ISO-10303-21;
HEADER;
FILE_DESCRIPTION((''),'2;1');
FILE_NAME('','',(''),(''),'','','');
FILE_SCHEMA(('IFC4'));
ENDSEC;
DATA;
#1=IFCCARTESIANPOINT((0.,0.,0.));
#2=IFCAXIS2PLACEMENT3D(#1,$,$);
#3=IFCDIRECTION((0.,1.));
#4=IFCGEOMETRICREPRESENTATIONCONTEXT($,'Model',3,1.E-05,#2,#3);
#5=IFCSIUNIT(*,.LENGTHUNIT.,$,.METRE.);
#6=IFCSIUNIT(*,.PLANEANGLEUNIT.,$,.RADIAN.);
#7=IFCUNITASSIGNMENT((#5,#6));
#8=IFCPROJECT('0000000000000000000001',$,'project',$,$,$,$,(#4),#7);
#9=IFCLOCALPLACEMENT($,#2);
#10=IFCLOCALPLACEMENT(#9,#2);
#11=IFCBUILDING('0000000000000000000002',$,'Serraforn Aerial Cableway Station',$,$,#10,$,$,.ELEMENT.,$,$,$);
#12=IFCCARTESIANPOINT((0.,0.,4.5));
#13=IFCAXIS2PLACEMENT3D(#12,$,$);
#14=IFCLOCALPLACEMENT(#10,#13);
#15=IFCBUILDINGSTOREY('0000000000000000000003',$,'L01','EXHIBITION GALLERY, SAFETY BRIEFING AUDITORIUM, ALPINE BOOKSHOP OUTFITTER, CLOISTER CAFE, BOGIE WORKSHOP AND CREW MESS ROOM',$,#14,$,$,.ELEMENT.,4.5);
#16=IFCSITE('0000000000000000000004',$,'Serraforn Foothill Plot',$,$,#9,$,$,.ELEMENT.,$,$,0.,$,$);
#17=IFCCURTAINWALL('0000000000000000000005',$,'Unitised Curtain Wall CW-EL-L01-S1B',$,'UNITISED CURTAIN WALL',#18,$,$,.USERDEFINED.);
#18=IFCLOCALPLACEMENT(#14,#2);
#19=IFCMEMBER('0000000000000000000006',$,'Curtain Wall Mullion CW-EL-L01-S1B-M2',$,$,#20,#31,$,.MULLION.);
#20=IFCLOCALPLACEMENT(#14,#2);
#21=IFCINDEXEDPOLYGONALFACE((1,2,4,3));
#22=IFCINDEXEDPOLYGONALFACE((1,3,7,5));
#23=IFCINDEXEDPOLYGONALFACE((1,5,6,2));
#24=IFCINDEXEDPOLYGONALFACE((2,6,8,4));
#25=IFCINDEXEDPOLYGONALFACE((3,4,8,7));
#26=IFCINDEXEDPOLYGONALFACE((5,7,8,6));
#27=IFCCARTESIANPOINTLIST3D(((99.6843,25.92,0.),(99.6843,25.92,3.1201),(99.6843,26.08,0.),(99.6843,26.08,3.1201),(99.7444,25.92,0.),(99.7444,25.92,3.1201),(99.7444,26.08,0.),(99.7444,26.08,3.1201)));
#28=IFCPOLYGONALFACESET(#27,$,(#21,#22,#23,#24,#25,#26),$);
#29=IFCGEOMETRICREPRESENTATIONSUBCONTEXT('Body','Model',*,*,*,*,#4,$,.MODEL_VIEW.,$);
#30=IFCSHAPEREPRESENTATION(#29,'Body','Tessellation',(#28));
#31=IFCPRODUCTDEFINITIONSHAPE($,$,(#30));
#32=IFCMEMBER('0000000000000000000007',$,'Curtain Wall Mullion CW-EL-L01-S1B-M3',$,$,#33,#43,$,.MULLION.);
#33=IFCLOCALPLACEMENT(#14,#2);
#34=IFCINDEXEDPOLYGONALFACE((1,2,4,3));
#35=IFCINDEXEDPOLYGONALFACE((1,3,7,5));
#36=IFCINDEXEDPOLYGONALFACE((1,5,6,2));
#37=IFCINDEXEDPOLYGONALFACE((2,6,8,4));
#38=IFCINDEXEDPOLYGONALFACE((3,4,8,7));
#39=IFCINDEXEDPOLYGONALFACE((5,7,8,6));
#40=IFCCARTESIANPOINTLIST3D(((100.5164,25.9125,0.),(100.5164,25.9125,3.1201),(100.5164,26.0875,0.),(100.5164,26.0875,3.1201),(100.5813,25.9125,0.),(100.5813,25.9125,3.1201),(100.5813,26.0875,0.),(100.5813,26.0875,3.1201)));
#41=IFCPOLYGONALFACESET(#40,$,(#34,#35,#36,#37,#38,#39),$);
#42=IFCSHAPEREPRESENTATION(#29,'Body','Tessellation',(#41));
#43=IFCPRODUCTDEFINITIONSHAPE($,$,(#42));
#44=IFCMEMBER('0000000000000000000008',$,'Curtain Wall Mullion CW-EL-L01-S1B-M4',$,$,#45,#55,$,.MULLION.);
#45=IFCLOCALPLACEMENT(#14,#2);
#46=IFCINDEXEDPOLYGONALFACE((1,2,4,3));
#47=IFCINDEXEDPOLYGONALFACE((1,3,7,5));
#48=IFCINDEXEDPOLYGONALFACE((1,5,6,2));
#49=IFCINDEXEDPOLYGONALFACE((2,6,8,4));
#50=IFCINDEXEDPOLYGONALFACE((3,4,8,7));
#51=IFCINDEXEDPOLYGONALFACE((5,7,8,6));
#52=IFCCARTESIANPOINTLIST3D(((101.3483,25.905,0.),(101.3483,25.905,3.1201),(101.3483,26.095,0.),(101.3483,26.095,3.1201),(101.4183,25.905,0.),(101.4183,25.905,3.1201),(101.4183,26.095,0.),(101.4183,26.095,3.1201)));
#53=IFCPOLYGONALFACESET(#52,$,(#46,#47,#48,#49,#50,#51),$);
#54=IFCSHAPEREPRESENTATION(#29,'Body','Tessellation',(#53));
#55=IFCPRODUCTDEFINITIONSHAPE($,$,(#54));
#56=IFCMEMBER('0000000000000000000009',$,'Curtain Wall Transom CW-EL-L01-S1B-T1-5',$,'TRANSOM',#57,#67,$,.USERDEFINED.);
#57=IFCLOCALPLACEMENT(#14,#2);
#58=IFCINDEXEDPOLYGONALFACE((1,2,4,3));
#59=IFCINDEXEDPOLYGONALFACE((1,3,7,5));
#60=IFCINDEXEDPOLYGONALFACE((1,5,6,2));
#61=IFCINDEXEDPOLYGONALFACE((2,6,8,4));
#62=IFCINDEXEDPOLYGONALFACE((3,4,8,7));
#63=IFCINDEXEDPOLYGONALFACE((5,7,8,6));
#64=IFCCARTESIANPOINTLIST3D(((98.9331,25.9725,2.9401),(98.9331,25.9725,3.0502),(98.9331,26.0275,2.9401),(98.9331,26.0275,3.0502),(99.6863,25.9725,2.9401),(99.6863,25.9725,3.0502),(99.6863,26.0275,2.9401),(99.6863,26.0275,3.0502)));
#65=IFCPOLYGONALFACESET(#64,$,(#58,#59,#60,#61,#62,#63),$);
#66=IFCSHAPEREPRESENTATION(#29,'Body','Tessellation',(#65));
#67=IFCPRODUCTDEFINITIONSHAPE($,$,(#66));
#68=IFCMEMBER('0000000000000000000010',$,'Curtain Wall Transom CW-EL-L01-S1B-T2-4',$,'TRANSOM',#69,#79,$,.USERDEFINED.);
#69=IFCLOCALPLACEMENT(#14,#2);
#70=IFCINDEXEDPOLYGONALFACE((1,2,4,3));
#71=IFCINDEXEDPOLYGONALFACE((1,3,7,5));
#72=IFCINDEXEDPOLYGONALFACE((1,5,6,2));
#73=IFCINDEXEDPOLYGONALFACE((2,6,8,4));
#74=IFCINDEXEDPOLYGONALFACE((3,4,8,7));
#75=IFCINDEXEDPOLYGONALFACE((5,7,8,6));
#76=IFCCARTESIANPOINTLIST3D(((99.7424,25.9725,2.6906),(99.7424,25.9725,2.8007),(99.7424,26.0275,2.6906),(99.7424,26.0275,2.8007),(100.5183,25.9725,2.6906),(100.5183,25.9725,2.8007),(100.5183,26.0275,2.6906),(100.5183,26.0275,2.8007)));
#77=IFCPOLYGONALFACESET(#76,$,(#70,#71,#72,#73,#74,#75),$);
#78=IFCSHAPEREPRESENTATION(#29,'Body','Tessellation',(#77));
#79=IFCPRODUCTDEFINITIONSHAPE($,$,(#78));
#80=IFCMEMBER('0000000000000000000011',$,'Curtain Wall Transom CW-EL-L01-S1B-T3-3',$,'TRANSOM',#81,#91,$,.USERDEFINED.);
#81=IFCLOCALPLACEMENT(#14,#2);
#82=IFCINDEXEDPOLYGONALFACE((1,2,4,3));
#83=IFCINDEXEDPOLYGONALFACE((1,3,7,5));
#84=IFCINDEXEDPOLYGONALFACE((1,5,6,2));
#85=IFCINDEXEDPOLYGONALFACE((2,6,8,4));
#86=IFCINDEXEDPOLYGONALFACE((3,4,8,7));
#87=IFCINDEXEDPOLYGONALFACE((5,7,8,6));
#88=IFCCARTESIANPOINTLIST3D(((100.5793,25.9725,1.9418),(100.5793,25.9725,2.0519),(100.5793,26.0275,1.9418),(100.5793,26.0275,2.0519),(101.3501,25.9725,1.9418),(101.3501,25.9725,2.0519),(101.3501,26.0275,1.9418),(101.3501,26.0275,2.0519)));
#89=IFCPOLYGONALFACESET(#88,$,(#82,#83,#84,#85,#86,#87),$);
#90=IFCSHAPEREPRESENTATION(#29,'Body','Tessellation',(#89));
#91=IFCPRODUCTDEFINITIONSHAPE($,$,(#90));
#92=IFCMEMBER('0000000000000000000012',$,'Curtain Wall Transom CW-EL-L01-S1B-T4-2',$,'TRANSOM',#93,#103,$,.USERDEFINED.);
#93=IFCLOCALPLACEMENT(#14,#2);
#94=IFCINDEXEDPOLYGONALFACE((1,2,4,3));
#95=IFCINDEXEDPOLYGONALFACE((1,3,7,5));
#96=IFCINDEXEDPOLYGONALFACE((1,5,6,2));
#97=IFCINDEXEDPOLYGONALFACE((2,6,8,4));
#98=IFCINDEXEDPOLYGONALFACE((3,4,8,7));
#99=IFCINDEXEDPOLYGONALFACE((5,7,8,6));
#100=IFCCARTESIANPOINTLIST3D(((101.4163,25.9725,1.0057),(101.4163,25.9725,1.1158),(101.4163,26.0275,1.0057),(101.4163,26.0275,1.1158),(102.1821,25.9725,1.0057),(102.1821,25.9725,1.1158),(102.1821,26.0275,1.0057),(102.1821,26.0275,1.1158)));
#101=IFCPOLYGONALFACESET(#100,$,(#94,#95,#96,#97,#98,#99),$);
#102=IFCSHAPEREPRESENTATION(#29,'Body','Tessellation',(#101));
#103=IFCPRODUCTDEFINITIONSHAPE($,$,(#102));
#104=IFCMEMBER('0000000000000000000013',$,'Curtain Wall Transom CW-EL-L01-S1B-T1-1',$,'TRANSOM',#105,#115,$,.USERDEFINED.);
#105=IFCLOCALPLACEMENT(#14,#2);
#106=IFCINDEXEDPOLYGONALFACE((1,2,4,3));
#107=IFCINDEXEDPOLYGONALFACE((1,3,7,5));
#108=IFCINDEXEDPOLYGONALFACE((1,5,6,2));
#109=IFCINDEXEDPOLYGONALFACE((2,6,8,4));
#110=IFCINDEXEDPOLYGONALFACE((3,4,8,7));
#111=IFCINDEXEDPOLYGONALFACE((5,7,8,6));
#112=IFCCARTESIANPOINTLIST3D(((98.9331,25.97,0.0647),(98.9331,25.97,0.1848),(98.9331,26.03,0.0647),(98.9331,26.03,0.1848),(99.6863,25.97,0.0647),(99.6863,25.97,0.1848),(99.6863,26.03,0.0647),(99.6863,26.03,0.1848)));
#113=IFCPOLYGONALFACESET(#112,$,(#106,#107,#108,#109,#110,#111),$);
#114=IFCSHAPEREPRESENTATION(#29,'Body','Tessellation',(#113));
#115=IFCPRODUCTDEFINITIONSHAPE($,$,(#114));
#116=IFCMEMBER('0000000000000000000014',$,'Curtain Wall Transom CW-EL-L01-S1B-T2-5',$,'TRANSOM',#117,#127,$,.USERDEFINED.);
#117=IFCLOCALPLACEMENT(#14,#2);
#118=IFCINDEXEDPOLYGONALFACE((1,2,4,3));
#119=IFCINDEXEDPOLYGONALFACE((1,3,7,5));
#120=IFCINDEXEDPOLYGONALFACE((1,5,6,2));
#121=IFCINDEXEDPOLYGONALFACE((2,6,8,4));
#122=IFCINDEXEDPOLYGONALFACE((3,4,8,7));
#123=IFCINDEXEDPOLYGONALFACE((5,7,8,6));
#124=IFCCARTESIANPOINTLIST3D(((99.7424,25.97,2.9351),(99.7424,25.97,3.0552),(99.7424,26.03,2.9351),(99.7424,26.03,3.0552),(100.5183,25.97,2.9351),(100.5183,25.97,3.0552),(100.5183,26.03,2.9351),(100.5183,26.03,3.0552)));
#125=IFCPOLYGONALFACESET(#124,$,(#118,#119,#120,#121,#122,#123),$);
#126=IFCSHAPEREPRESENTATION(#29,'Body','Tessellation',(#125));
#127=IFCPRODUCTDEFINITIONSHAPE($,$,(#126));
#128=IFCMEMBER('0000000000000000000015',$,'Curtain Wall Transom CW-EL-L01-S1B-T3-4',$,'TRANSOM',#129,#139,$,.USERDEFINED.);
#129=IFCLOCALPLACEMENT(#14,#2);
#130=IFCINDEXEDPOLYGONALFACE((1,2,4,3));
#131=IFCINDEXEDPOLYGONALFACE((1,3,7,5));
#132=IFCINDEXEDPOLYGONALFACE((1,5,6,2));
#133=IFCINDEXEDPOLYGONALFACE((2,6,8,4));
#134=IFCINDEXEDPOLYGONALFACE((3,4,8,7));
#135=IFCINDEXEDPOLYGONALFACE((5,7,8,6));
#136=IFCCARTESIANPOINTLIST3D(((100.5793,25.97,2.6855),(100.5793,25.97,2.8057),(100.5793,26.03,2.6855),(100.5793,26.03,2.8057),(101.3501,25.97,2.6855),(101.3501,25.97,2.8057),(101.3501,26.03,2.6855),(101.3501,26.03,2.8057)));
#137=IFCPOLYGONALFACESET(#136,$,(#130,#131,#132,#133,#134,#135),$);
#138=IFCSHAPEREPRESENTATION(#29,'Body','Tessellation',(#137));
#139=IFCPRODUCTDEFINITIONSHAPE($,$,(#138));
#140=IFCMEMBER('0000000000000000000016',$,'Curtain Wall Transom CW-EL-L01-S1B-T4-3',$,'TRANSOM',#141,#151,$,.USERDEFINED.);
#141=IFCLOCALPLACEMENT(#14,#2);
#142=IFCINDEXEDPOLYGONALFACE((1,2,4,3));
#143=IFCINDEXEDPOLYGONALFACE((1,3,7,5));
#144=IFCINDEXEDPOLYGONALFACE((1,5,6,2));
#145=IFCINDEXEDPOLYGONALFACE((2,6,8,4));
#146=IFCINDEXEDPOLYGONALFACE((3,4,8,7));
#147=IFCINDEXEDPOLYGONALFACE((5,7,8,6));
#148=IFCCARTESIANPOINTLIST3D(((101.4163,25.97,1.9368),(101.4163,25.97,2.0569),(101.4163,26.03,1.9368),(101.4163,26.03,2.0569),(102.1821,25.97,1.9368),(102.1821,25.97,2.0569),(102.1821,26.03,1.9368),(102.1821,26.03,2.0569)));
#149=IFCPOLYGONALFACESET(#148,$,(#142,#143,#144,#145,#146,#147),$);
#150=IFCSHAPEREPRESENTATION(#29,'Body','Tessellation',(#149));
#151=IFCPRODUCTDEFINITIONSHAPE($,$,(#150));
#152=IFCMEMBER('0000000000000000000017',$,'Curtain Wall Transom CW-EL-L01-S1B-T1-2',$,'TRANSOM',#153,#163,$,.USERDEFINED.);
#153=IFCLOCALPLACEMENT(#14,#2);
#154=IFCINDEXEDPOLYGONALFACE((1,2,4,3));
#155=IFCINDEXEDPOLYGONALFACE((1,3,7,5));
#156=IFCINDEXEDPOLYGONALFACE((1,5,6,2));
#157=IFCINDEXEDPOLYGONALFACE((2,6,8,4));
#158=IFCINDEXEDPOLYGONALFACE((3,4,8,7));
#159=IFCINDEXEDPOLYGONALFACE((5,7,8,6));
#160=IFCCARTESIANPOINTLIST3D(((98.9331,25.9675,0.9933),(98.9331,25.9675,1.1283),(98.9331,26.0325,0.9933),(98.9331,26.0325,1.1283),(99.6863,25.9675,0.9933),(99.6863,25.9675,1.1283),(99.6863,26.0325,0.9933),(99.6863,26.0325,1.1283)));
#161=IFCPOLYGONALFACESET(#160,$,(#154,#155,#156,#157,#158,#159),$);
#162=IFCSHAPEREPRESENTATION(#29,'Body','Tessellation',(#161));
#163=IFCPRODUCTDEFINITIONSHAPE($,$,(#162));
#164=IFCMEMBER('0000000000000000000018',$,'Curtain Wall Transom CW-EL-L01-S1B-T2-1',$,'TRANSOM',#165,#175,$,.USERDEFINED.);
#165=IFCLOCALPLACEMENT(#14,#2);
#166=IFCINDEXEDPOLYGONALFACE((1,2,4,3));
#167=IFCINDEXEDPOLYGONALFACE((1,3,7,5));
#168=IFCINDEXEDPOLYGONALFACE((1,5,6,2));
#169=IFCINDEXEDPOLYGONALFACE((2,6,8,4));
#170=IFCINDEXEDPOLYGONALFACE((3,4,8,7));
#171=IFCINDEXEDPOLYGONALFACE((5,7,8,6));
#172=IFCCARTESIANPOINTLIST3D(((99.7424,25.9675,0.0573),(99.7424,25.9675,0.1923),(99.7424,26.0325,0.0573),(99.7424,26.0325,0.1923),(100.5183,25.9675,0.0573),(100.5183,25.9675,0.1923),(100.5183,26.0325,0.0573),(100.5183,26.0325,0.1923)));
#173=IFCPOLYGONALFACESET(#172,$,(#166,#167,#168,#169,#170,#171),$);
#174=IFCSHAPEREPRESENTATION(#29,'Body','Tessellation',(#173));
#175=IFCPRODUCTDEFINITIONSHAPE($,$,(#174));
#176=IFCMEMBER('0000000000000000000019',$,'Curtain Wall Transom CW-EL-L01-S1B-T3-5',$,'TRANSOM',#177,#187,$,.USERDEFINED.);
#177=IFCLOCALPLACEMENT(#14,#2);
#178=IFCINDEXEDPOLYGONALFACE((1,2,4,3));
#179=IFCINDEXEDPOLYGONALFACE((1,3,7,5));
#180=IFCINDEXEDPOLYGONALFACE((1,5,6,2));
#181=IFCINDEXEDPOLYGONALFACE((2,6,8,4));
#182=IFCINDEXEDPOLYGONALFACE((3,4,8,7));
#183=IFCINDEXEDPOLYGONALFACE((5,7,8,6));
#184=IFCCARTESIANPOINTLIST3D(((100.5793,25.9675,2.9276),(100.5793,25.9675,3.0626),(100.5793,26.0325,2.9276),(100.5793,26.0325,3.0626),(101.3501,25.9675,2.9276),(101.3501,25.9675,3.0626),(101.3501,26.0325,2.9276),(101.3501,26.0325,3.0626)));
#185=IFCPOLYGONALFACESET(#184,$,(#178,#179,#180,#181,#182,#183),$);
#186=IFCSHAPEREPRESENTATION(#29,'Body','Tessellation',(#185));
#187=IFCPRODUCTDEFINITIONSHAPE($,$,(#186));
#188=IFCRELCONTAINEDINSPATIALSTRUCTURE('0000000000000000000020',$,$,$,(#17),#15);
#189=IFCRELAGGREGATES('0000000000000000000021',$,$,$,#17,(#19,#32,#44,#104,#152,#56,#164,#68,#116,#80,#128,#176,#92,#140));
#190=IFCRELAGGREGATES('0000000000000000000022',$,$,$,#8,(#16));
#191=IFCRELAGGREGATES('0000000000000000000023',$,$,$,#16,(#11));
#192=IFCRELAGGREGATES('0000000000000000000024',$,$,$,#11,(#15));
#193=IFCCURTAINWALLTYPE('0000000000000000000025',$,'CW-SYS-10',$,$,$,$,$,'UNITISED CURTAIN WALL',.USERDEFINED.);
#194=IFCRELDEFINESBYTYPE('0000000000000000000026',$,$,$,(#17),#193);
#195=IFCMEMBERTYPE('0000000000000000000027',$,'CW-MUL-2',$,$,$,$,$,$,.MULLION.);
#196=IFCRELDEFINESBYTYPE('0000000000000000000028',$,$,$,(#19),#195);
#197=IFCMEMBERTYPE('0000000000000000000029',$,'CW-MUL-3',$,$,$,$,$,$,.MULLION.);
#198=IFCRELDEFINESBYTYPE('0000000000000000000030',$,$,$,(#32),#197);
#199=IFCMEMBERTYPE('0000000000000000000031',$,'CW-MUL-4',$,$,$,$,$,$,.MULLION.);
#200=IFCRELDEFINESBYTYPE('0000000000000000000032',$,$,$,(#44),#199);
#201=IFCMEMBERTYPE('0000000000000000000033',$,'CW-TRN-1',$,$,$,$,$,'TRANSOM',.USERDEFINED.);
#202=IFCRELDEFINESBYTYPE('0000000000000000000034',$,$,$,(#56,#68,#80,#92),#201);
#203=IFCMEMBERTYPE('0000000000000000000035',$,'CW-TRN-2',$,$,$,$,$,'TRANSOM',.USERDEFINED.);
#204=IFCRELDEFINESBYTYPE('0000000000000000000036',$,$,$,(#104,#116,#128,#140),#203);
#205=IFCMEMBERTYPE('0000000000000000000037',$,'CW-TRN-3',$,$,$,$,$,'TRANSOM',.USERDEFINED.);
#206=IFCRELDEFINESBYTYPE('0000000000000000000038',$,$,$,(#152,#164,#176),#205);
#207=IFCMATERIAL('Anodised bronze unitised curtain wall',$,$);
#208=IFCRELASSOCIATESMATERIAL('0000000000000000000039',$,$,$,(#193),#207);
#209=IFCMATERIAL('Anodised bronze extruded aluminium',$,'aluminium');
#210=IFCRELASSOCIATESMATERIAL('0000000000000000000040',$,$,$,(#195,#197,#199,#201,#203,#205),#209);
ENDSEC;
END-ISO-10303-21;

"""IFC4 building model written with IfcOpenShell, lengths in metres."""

from ifc_helpers import new_model, si_unit, direction, frame, origin, origin_2d, place, context, subcontext, project, spatial, rectangle, extrude, material, material_profile, profile_set, type_object, element, aggregate, save


model = new_model("IFC4")

# Units and contexts
model_context = context("Model", 3, precision=1e-05, world=origin(), true_north=direction((0.0, 1.0)))
body_context = subcontext(model_context, "Body", "Model", "MODEL_VIEW")
ifc_project = project(units=[si_unit("LENGTHUNIT", "METRE"), si_unit("PLANEANGLEUNIT", "RADIAN")], contexts=[model_context])

# Site, building, storey
site_placement = place(None, origin())
site = spatial("IfcSite", under=ifc_project, at=site_placement, Name="Serraforn Foothill Plot", CompositionType="ELEMENT", RefElevation=0.0)
building_placement = place(site_placement, origin())
building = spatial("IfcBuilding", under=site, at=building_placement, Name="Serraforn Aerial Cableway Station", CompositionType="ELEMENT")
storey_placement = place(building_placement, frame((0.0, 0.0, 4.5)))
storey = spatial("IfcBuildingStorey", under=building, at=storey_placement, Name="L01", Description="EXHIBITION GALLERY, SAFETY BRIEFING AUDITORIUM, ALPINE BOOKSHOP OUTFITTER, CLOISTER CAFE, BOGIE WORKSHOP AND CREW MESS ROOM", CompositionType="ELEMENT", Elevation=4.5)

# Curtain wall, members
ifc_material_1 = material(Name="Anodised bronze unitised curtain wall")
curtain_wall_type = type_object("IfcCurtainWallType", Name="CW-SYS-10", ElementType="UNITISED CURTAIN WALL", PredefinedType="USERDEFINED", material=ifc_material_1)
curtain_wall_placement = place(storey_placement, origin())
curtain_wall = element("IfcCurtainWall", 1, at=curtain_wall_placement, inside=storey, type_object=curtain_wall_type, Name="Unitised Curtain Wall CW-EL-L01-S1B", ObjectType="UNITISED CURTAIN WALL", PredefinedType="USERDEFINED")
ifc_material_2 = material(Name="Anodised bronze extruded aluminium", Category="aluminium")
ifc_material_profile_1 = material_profile(ifc_material_2, rectangle(XDim=0.0601, YDim=0.1599, at=origin_2d()), Name="CW MULLION 60x160")
ifc_profile_set_1 = profile_set([ifc_material_profile_1], Name="Anodised bronze extruded aluminium")
member_type_1 = type_object("IfcMemberType", Name="CW-MUL-2", PredefinedType="MULLION", material=ifc_profile_set_1)
member_1_placement = place(storey_placement, frame((99.7144, 26.0, 0.0), z_axis=(0.0, 0.0, 1.0), x_axis=(1.0, 0.0, 0.0)))
member_1 = element("IfcMember", 2, at=member_1_placement, type_object=member_type_1, Name="Curtain Wall Mullion CW-EL-L01-S1B-M2", PredefinedType="MULLION", context=body_context, shape_type="SweptSolid", body=[
    extrude(rectangle(XDim=0.0601, YDim=0.1599, at=origin_2d()), origin(), (0.0, 0.0, 1.0), 3.1201),
])
ifc_material_profile_2 = material_profile(ifc_material_2, rectangle(XDim=0.0649, YDim=0.175, at=origin_2d()), Name="CW MULLION 65x175")
ifc_profile_set_2 = profile_set([ifc_material_profile_2], Name="Anodised bronze extruded aluminium")
member_type_2 = type_object("IfcMemberType", Name="CW-MUL-3", PredefinedType="MULLION", material=ifc_profile_set_2)
member_2_placement = place(storey_placement, frame((100.5488, 26.0, 0.0), z_axis=(0.0, 0.0, 1.0), x_axis=(1.0, 0.0, 0.0)))
member_2 = element("IfcMember", 3, at=member_2_placement, type_object=member_type_2, Name="Curtain Wall Mullion CW-EL-L01-S1B-M3", PredefinedType="MULLION", context=body_context, shape_type="SweptSolid", body=[
    extrude(rectangle(XDim=0.0649, YDim=0.175, at=origin_2d()), origin(), (0.0, 0.0, 1.0), 3.1201),
])
ifc_material_profile_3 = material_profile(ifc_material_2, rectangle(XDim=0.0701, YDim=0.1899, at=origin_2d()), Name="CW MULLION 70x190")
ifc_profile_set_3 = profile_set([ifc_material_profile_3], Name="Anodised bronze extruded aluminium")
member_type_3 = type_object("IfcMemberType", Name="CW-MUL-4", PredefinedType="MULLION", material=ifc_profile_set_3)
member_3_placement = place(storey_placement, frame((101.3833, 26.0, 0.0), z_axis=(0.0, 0.0, 1.0), x_axis=(1.0, 0.0, 0.0)))
member_3 = element("IfcMember", 4, at=member_3_placement, type_object=member_type_3, Name="Curtain Wall Mullion CW-EL-L01-S1B-M4", PredefinedType="MULLION", context=body_context, shape_type="SweptSolid", body=[
    extrude(rectangle(XDim=0.0701, YDim=0.1899, at=origin_2d()), origin(), (0.0, 0.0, 1.0), 3.1201),
])
ifc_material_profile_4 = material_profile(ifc_material_2, rectangle(XDim=0.0549, YDim=0.1101, at=origin_2d()), Name="CW TRANSOM 55x110")
ifc_profile_set_4 = profile_set([ifc_material_profile_4], Name="Anodised bronze extruded aluminium")
member_type_4 = type_object("IfcMemberType", Name="CW-TRN-1", ElementType="TRANSOM", PredefinedType="USERDEFINED", material=ifc_profile_set_4)
member_4_placement = place(storey_placement, frame((98.9331, 26.0, 2.9951), z_axis=(1.0, 0.0, 0.0), x_axis=(0.0, 1.0, 0.0)))
member_4 = element("IfcMember", 5, at=member_4_placement, type_object=member_type_4, Name="Curtain Wall Transom CW-EL-L01-S1B-T1-5", ObjectType="TRANSOM", PredefinedType="USERDEFINED", context=body_context, shape_type="SweptSolid", body=[
    extrude(rectangle(XDim=0.0549, YDim=0.1101, at=origin_2d()), origin(), (0.0, 0.0, 1.0), 0.7532),
])
member_5_placement = place(storey_placement, frame((99.7424, 26.0, 2.7456), z_axis=(1.0, 0.0, 0.0), x_axis=(0.0, 1.0, 0.0)))
member_5 = element("IfcMember", 6, at=member_5_placement, type_object=member_type_4, Name="Curtain Wall Transom CW-EL-L01-S1B-T2-4", ObjectType="TRANSOM", PredefinedType="USERDEFINED", context=body_context, shape_type="SweptSolid", body=[
    extrude(rectangle(XDim=0.0549, YDim=0.1101, at=origin_2d()), origin(), (0.0, 0.0, 1.0), 0.7759),
])
member_6_placement = place(storey_placement, frame((100.5793, 26.0, 1.9968), z_axis=(1.0, 0.0, 0.0), x_axis=(0.0, 1.0, 0.0)))
member_6 = element("IfcMember", 7, at=member_6_placement, type_object=member_type_4, Name="Curtain Wall Transom CW-EL-L01-S1B-T3-3", ObjectType="TRANSOM", PredefinedType="USERDEFINED", context=body_context, shape_type="SweptSolid", body=[
    extrude(rectangle(XDim=0.0549, YDim=0.1101, at=origin_2d()), origin(), (0.0, 0.0, 1.0), 0.7708),
])
member_7_placement = place(storey_placement, frame((101.4163, 26.0, 1.0608), z_axis=(1.0, 0.0, 0.0), x_axis=(0.0, 1.0, 0.0)))
member_7 = element("IfcMember", 8, at=member_7_placement, type_object=member_type_4, Name="Curtain Wall Transom CW-EL-L01-S1B-T4-2", ObjectType="TRANSOM", PredefinedType="USERDEFINED", context=body_context, shape_type="SweptSolid", body=[
    extrude(rectangle(XDim=0.0549, YDim=0.1101, at=origin_2d()), origin(), (0.0, 0.0, 1.0), 0.7659),
])
ifc_material_profile_5 = material_profile(ifc_material_2, rectangle(XDim=0.0601, YDim=0.1201, at=origin_2d()), Name="CW TRANSOM 60x120")
ifc_profile_set_5 = profile_set([ifc_material_profile_5], Name="Anodised bronze extruded aluminium")
member_type_5 = type_object("IfcMemberType", Name="CW-TRN-2", ElementType="TRANSOM", PredefinedType="USERDEFINED", material=ifc_profile_set_5)
member_8_placement = place(storey_placement, frame((98.9331, 26.0, 0.1248), z_axis=(1.0, 0.0, 0.0), x_axis=(0.0, 1.0, 0.0)))
member_8 = element("IfcMember", 9, at=member_8_placement, type_object=member_type_5, Name="Curtain Wall Transom CW-EL-L01-S1B-T1-1", ObjectType="TRANSOM", PredefinedType="USERDEFINED", context=body_context, shape_type="SweptSolid", body=[
    extrude(rectangle(XDim=0.0601, YDim=0.1201, at=origin_2d()), origin(), (0.0, 0.0, 1.0), 0.7532),
])
member_9_placement = place(storey_placement, frame((99.7424, 26.0, 2.9951), z_axis=(1.0, 0.0, 0.0), x_axis=(0.0, 1.0, 0.0)))
member_9 = element("IfcMember", 10, at=member_9_placement, type_object=member_type_5, Name="Curtain Wall Transom CW-EL-L01-S1B-T2-5", ObjectType="TRANSOM", PredefinedType="USERDEFINED", context=body_context, shape_type="SweptSolid", body=[
    extrude(rectangle(XDim=0.0601, YDim=0.1201, at=origin_2d()), origin(), (0.0, 0.0, 1.0), 0.7759),
])
member_10_placement = place(storey_placement, frame((100.5793, 26.0, 2.7456), z_axis=(1.0, 0.0, 0.0), x_axis=(0.0, 1.0, 0.0)))
member_10 = element("IfcMember", 11, at=member_10_placement, type_object=member_type_5, Name="Curtain Wall Transom CW-EL-L01-S1B-T3-4", ObjectType="TRANSOM", PredefinedType="USERDEFINED", context=body_context, shape_type="SweptSolid", body=[
    extrude(rectangle(XDim=0.0601, YDim=0.1201, at=origin_2d()), origin(), (0.0, 0.0, 1.0), 0.7708),
])
member_11_placement = place(storey_placement, frame((101.4163, 26.0, 1.9968), z_axis=(1.0, 0.0, 0.0), x_axis=(0.0, 1.0, 0.0)))
member_11 = element("IfcMember", 12, at=member_11_placement, type_object=member_type_5, Name="Curtain Wall Transom CW-EL-L01-S1B-T4-3", ObjectType="TRANSOM", PredefinedType="USERDEFINED", context=body_context, shape_type="SweptSolid", body=[
    extrude(rectangle(XDim=0.0601, YDim=0.1201, at=origin_2d()), origin(), (0.0, 0.0, 1.0), 0.7659),
])
ifc_material_profile_6 = material_profile(ifc_material_2, rectangle(XDim=0.0649, YDim=0.135, at=origin_2d()), Name="CW TRANSOM 65x135")
ifc_profile_set_6 = profile_set([ifc_material_profile_6], Name="Anodised bronze extruded aluminium")
member_type_6 = type_object("IfcMemberType", Name="CW-TRN-3", ElementType="TRANSOM", PredefinedType="USERDEFINED", material=ifc_profile_set_6)
member_12_placement = place(storey_placement, frame((98.9331, 26.0, 1.0608), z_axis=(1.0, 0.0, 0.0), x_axis=(0.0, 1.0, 0.0)))
member_12 = element("IfcMember", 13, at=member_12_placement, type_object=member_type_6, Name="Curtain Wall Transom CW-EL-L01-S1B-T1-2", ObjectType="TRANSOM", PredefinedType="USERDEFINED", context=body_context, shape_type="SweptSolid", body=[
    extrude(rectangle(XDim=0.0649, YDim=0.135, at=origin_2d()), origin(), (0.0, 0.0, 1.0), 0.7532),
])
member_13_placement = place(storey_placement, frame((99.7424, 26.0, 0.1248), z_axis=(1.0, 0.0, 0.0), x_axis=(0.0, 1.0, 0.0)))
member_13 = element("IfcMember", 14, at=member_13_placement, type_object=member_type_6, Name="Curtain Wall Transom CW-EL-L01-S1B-T2-1", ObjectType="TRANSOM", PredefinedType="USERDEFINED", context=body_context, shape_type="SweptSolid", body=[
    extrude(rectangle(XDim=0.0649, YDim=0.135, at=origin_2d()), origin(), (0.0, 0.0, 1.0), 0.7759),
])
member_14_placement = place(storey_placement, frame((100.5793, 26.0, 2.9951), z_axis=(1.0, 0.0, 0.0), x_axis=(0.0, 1.0, 0.0)))
member_14 = element("IfcMember", 15, at=member_14_placement, type_object=member_type_6, Name="Curtain Wall Transom CW-EL-L01-S1B-T3-5", ObjectType="TRANSOM", PredefinedType="USERDEFINED", context=body_context, shape_type="SweptSolid", body=[
    extrude(rectangle(XDim=0.0649, YDim=0.135, at=origin_2d()), origin(), (0.0, 0.0, 1.0), 0.7708),
])
aggregate(curtain_wall, [member_1, member_2, member_3, member_8, member_12, member_4, member_13, member_5, member_9, member_6, member_10, member_14, member_7, member_11])

save(model, "model.ifc")
